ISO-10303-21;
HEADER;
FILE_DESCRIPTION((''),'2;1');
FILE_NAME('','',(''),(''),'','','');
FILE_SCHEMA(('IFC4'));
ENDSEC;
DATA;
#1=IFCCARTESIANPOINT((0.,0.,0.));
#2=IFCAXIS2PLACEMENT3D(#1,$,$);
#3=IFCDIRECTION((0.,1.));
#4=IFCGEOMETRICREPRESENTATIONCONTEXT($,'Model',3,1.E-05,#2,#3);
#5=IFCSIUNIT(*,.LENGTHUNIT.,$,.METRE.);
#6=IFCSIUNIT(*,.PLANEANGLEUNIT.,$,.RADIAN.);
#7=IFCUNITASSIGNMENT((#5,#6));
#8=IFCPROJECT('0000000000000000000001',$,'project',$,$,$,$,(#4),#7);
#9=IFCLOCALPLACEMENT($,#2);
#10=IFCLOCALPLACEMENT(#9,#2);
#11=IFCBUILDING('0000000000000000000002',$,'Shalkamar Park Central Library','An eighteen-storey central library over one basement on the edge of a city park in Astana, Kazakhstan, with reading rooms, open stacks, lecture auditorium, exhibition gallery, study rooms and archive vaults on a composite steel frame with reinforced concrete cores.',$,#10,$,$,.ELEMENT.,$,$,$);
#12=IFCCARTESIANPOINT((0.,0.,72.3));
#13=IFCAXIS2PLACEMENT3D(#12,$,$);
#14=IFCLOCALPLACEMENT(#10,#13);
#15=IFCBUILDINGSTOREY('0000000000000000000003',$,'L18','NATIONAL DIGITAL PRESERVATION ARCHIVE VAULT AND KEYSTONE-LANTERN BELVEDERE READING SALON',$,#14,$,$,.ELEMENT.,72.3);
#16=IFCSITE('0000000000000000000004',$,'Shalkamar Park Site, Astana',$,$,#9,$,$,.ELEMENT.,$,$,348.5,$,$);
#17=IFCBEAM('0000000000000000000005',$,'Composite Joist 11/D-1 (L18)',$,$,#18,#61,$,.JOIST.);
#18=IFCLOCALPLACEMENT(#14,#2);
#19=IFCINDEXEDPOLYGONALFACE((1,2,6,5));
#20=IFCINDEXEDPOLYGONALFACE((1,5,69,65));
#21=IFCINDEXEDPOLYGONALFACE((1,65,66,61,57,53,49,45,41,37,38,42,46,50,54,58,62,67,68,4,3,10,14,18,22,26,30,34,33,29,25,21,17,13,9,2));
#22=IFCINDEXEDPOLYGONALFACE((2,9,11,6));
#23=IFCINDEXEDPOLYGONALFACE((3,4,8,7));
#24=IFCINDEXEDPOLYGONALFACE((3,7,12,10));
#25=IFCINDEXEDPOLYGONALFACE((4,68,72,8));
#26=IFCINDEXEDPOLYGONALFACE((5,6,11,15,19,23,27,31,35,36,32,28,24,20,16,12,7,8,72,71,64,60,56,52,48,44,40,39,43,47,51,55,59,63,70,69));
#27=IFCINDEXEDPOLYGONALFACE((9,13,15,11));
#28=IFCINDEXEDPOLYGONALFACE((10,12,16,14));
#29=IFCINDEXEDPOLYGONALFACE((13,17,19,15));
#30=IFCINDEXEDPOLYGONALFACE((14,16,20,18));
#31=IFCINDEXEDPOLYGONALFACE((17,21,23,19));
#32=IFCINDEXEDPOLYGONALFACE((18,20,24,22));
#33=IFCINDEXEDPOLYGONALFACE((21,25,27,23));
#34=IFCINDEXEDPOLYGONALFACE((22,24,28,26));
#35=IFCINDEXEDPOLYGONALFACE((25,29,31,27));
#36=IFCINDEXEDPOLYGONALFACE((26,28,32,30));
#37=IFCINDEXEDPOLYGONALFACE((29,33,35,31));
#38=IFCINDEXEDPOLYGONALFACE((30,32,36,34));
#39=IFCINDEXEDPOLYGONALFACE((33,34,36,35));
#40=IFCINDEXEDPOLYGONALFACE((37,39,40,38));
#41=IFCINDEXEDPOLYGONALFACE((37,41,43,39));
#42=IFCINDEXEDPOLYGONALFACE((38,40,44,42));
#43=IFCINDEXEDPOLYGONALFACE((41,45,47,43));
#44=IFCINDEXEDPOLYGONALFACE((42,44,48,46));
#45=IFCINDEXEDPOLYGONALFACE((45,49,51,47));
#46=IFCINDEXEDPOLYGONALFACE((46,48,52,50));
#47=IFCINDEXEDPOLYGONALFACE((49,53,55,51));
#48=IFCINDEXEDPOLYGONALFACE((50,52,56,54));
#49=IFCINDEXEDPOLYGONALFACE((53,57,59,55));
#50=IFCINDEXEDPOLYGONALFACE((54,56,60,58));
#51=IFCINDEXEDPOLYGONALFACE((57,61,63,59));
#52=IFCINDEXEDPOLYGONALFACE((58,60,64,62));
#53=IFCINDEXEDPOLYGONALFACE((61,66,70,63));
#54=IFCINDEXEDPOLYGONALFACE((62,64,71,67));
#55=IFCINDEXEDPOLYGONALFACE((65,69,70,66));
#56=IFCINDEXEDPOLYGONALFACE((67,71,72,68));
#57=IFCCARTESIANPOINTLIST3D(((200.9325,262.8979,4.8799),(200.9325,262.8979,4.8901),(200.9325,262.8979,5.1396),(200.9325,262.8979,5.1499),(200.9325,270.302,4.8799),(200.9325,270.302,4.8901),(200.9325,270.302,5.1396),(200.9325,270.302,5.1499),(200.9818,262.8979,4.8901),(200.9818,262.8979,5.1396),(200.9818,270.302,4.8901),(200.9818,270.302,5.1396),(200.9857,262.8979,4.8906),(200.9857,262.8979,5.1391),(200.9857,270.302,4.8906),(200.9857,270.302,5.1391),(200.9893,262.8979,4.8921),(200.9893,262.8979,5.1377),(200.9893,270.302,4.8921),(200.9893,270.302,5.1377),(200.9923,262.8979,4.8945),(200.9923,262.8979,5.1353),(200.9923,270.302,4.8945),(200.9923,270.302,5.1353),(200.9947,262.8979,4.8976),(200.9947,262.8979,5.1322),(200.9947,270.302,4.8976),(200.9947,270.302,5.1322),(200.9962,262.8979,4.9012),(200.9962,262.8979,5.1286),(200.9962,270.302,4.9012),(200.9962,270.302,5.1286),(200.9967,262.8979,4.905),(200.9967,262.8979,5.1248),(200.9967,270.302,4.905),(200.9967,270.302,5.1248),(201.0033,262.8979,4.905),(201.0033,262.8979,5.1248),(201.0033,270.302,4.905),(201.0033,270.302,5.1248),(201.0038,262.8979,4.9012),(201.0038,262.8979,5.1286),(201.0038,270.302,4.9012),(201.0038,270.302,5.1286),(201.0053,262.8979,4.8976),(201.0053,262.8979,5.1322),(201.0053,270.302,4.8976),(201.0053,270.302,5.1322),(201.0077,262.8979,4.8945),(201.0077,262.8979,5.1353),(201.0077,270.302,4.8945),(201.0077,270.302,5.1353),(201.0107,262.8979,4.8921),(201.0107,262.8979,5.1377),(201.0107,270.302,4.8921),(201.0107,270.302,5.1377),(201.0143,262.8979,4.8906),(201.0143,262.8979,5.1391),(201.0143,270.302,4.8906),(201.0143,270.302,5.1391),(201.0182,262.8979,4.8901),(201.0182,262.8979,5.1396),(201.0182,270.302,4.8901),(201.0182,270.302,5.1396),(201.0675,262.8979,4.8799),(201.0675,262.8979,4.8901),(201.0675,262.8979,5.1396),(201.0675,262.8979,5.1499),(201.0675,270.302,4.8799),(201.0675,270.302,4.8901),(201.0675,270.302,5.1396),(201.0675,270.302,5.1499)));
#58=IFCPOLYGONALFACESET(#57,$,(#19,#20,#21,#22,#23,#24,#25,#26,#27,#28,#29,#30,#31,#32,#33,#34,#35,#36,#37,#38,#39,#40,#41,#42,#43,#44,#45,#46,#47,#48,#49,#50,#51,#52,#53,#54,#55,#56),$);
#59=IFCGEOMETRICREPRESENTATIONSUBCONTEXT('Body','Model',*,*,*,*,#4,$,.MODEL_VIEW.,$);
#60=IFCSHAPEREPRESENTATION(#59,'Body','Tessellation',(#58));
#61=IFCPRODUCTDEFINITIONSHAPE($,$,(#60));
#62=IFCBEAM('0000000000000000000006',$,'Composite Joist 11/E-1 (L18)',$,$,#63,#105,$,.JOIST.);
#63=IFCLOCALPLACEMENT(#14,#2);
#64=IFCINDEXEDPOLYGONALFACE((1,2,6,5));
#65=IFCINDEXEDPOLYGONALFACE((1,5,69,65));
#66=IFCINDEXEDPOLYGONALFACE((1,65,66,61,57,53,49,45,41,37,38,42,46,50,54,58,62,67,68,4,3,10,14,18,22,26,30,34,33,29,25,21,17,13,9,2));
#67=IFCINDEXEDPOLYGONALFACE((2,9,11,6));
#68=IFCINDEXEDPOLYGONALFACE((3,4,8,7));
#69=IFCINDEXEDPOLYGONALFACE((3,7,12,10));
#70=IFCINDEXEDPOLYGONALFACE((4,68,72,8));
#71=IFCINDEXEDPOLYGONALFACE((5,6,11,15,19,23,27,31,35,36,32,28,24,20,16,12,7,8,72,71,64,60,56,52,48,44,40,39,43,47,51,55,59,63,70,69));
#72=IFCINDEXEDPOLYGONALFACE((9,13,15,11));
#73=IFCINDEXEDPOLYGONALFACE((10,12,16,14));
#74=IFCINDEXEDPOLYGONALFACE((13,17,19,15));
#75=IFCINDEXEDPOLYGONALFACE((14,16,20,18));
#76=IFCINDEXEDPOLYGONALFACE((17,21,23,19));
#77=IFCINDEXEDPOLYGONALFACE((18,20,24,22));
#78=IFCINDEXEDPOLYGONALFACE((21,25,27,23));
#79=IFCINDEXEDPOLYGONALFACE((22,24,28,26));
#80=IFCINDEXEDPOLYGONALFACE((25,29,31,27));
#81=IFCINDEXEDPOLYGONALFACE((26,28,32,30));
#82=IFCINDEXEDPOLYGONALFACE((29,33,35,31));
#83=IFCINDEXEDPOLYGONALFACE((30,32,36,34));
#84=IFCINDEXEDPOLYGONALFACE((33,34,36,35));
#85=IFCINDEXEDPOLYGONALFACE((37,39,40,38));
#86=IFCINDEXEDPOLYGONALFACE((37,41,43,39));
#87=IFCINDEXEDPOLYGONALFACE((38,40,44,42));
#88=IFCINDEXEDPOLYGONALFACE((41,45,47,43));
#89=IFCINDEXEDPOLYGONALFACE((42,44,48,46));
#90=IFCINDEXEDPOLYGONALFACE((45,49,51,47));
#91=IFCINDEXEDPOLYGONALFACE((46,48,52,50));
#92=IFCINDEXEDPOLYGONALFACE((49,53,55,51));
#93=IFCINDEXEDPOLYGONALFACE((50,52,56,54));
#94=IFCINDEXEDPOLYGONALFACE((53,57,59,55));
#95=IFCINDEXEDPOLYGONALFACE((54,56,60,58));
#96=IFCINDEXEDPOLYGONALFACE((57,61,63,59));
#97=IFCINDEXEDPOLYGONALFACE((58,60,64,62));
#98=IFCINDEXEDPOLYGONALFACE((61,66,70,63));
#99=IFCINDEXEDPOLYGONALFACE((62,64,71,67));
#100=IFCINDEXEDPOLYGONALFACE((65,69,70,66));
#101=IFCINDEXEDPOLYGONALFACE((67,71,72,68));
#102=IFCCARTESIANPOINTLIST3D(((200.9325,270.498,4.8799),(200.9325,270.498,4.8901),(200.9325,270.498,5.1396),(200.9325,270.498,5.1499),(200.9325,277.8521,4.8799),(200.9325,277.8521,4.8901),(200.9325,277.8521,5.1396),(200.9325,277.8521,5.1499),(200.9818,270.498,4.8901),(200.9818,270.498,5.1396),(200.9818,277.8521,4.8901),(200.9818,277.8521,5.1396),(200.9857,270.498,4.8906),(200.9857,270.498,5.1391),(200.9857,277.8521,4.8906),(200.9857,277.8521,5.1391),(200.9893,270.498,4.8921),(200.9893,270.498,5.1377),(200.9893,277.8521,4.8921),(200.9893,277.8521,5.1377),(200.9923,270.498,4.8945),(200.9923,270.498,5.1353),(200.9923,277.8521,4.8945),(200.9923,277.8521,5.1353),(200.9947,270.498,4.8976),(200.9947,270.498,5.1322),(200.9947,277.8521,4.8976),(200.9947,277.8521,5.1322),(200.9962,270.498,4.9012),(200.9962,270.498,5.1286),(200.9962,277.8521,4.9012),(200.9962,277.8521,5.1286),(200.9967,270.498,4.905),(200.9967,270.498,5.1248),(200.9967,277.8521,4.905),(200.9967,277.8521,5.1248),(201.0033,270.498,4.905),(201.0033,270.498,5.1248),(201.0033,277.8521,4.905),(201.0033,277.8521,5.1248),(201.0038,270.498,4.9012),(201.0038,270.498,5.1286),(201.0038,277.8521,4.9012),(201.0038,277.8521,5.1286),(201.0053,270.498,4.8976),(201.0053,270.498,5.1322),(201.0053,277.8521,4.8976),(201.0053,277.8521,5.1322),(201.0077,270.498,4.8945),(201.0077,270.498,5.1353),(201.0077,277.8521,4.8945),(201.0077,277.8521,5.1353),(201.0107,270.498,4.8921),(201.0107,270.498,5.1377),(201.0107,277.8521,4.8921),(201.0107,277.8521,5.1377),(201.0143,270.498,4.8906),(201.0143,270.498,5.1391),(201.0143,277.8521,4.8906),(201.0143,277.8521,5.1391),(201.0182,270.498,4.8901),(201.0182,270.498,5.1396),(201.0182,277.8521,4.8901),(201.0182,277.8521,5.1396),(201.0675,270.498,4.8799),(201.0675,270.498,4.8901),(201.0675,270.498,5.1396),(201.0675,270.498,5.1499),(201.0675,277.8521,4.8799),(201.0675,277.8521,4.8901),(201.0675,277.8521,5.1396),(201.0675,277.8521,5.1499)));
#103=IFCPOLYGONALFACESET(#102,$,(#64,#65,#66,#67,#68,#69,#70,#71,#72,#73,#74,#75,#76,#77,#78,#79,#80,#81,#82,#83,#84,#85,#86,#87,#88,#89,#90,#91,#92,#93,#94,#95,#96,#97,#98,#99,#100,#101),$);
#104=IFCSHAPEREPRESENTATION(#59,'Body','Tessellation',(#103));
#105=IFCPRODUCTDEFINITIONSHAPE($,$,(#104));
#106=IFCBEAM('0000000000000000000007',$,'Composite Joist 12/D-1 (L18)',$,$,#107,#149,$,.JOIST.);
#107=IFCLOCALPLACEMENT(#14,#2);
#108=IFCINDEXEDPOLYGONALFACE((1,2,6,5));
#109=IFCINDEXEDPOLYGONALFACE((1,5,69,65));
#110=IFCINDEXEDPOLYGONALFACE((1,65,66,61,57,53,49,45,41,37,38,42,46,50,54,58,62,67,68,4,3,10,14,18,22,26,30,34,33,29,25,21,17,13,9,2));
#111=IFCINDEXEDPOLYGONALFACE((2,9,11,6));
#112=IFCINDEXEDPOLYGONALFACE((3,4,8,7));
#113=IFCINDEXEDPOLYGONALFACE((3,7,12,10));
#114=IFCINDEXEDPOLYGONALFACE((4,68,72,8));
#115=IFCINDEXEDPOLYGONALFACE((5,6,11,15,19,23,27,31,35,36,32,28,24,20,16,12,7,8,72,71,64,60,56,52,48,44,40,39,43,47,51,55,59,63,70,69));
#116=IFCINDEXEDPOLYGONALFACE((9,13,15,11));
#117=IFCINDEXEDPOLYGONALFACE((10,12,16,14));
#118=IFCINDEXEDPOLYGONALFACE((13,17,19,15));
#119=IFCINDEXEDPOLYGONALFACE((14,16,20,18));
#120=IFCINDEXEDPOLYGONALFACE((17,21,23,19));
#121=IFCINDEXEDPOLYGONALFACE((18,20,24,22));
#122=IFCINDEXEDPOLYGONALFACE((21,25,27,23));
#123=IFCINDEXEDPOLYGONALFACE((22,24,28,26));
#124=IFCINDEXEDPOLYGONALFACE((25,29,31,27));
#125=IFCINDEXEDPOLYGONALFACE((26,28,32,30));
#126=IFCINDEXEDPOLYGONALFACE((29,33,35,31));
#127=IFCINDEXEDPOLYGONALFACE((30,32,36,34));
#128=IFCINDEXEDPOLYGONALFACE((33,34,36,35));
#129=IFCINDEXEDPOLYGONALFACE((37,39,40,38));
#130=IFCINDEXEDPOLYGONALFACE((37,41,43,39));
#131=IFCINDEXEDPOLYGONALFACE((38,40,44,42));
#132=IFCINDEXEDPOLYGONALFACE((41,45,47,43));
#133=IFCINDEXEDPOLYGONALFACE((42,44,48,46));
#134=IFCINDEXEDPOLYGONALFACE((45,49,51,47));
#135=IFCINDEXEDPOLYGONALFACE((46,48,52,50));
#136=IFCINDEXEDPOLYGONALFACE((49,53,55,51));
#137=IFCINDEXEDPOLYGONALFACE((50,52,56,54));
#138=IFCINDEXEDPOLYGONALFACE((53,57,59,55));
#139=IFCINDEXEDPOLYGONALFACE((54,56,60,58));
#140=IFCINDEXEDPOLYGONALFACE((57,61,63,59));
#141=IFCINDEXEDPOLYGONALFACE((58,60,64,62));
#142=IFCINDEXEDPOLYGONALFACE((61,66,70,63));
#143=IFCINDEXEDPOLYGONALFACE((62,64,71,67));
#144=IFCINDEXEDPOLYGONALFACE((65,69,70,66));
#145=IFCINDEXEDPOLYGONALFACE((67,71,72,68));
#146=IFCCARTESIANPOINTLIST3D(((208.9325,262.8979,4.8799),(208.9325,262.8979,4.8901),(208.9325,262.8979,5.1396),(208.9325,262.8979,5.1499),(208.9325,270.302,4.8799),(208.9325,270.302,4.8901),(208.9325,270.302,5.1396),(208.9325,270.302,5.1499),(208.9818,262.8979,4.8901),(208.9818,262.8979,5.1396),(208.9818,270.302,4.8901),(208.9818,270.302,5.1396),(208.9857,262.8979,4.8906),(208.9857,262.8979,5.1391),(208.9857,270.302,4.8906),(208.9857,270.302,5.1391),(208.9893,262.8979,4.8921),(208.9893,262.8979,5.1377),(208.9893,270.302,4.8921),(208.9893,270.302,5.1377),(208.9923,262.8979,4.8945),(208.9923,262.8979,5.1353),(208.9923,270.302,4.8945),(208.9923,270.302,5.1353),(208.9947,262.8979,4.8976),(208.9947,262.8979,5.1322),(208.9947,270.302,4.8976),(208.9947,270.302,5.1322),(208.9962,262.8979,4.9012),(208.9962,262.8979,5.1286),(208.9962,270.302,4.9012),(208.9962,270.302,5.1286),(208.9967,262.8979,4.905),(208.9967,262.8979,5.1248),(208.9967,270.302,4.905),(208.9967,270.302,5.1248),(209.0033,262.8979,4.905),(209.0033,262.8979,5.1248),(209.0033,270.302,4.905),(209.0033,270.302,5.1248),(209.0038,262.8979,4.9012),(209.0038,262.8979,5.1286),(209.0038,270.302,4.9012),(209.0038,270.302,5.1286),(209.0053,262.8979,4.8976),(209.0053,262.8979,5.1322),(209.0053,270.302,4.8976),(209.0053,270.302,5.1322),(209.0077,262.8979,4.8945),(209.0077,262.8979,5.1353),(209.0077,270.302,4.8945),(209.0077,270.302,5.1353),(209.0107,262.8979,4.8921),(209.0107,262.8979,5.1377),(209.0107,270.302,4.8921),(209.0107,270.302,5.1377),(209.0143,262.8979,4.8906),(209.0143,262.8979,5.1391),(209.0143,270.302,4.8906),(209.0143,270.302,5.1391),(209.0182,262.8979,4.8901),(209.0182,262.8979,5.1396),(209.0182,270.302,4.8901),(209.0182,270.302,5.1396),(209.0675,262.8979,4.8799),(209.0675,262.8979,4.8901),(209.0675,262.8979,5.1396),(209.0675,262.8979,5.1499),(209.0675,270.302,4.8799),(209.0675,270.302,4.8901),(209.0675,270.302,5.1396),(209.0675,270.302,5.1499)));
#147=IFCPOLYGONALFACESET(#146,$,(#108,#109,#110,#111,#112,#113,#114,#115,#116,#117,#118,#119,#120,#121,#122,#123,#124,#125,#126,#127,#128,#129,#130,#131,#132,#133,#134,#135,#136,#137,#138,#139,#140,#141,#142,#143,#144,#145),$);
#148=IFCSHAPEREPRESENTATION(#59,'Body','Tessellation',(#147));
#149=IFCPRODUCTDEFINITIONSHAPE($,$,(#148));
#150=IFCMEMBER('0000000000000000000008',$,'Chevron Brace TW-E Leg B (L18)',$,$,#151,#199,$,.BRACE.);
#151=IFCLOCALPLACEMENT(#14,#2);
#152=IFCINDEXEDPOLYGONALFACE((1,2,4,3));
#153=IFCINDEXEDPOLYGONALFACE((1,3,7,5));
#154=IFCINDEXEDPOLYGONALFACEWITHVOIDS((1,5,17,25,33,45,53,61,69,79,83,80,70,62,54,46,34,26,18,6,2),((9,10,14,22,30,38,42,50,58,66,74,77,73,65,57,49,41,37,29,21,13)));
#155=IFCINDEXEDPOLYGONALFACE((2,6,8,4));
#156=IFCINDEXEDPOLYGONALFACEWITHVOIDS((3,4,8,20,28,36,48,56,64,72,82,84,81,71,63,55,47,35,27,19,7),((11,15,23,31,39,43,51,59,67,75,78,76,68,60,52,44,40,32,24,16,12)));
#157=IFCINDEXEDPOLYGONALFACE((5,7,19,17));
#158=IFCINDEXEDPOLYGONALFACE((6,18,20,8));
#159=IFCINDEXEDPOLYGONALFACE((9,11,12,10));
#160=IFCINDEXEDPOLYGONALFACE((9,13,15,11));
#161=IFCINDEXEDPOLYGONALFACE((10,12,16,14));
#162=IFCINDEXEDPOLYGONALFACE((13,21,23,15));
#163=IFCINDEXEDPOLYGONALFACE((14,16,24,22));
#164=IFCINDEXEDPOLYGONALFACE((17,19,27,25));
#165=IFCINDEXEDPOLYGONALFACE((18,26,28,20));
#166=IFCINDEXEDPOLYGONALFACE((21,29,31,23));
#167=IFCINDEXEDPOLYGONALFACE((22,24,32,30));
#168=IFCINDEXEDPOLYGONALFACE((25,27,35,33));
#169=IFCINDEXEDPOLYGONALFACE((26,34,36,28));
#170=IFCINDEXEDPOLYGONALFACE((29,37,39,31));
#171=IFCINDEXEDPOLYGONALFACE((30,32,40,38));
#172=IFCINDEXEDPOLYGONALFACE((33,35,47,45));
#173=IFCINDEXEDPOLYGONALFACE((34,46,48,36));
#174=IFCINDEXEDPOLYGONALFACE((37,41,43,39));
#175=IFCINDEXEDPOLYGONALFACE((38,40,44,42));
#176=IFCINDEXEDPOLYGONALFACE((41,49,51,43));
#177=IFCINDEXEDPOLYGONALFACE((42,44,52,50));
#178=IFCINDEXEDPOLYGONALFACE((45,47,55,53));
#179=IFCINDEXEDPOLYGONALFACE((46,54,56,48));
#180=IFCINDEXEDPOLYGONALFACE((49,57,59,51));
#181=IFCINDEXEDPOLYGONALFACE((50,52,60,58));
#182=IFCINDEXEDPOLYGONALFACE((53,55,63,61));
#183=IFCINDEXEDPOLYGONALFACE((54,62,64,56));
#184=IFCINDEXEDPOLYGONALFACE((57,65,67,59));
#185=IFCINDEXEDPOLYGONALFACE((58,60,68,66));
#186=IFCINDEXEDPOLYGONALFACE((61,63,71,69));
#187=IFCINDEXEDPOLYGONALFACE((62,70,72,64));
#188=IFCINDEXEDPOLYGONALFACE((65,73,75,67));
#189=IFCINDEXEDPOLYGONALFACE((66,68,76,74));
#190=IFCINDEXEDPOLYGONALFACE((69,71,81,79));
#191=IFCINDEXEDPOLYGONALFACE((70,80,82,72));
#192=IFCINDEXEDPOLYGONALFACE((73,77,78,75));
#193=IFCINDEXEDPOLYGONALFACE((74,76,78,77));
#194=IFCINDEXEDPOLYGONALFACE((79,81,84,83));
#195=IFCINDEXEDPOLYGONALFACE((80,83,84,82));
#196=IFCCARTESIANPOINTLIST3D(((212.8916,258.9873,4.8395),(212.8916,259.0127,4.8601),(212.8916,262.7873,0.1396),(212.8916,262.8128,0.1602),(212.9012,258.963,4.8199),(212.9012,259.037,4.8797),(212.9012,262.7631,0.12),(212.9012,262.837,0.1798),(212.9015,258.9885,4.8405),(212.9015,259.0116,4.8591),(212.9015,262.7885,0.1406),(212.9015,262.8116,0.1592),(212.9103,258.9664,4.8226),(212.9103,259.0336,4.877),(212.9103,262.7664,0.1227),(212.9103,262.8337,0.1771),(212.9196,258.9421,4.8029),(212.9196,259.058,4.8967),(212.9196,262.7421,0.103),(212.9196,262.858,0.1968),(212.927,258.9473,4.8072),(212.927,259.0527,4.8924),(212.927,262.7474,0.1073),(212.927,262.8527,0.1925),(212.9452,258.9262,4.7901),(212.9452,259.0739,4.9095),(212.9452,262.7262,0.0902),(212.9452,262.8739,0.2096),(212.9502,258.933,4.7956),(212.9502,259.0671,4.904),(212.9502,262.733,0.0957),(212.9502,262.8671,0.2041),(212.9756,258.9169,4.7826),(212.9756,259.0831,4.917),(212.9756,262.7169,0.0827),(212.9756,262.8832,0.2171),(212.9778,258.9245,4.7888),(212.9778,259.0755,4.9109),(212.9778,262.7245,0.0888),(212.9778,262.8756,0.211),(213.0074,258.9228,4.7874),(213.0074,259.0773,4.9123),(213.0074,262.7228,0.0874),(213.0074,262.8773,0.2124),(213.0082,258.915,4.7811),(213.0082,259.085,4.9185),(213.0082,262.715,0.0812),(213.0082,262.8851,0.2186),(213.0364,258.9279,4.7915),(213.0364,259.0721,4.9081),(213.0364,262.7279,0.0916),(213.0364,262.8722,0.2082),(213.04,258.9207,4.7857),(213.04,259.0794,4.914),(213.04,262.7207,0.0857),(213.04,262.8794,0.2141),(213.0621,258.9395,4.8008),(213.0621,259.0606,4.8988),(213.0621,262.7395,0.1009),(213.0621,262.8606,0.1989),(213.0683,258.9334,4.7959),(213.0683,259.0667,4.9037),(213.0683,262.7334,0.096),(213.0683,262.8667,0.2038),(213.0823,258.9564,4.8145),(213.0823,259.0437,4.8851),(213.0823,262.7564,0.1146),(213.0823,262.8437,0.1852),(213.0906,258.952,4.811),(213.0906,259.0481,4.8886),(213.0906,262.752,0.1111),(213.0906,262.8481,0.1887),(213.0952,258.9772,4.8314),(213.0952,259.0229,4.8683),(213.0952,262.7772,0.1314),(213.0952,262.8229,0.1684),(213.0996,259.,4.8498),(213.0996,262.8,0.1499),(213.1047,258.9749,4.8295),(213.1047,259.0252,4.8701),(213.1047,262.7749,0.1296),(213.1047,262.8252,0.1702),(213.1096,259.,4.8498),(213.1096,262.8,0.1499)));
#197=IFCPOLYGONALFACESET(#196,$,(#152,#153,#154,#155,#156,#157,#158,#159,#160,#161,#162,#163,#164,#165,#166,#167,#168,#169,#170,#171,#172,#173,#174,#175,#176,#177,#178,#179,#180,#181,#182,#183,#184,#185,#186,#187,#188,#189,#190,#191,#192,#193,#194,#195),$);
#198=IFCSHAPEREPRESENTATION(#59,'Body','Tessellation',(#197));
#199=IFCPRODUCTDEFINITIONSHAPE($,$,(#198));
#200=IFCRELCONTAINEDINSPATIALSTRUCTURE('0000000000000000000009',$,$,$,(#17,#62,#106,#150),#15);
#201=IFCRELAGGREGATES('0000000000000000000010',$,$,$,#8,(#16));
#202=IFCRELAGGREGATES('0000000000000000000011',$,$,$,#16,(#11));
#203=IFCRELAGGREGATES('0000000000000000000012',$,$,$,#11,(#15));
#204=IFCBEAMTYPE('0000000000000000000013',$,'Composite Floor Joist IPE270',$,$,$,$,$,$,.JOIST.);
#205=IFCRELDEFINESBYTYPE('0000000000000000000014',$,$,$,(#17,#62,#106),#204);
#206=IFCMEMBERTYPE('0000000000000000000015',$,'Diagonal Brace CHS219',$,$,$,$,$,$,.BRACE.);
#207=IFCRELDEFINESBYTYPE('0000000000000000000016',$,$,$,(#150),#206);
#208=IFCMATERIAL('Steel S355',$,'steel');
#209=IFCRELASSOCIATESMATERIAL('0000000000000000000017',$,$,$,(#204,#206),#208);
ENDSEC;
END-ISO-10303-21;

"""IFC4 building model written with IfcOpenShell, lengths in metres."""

from ifc_helpers import new_model, si_unit, direction, frame, origin, origin_2d, place, context, subcontext, project, spatial, hollow_circle, i_section, extrude, material, material_profile, profile_set, type_object, element, save


model = new_model("IFC4")

# Units and contexts
model_context = context("Model", 3, precision=1e-05, world=origin(), true_north=direction((0.0, 1.0)))
body_context = subcontext(model_context, "Body", "Model", "MODEL_VIEW")
ifc_project = project(units=[si_unit("LENGTHUNIT", "METRE"), si_unit("PLANEANGLEUNIT", "RADIAN")], contexts=[model_context])

# Site, building, storey
site_placement = place(None, origin())
site = spatial("IfcSite", under=ifc_project, at=site_placement, Name="Shalkamar Park Site, Astana", CompositionType="ELEMENT", RefElevation=348.5)
building_placement = place(site_placement, origin())
building = spatial("IfcBuilding", under=site, at=building_placement, Name="Shalkamar Park Central Library", Description="An eighteen-storey central library over one basement on the edge of a city park in Astana, Kazakhstan, with reading rooms, open stacks, lecture auditorium, exhibition gallery, study rooms and archive vaults on a composite steel frame with reinforced concrete cores.", CompositionType="ELEMENT")
storey_placement = place(building_placement, frame((0.0, 0.0, 72.3)))
storey = spatial("IfcBuildingStorey", under=building, at=storey_placement, Name="L18", Description="NATIONAL DIGITAL PRESERVATION ARCHIVE VAULT AND KEYSTONE-LANTERN BELVEDERE READING SALON", CompositionType="ELEMENT", Elevation=72.3)

# Shared definitions
ifc_material_1 = material(Name="Steel S355", Category="steel")

# Beams
ifc_material_profile_1 = material_profile(ifc_material_1, i_section(OverallWidth=0.135, OverallDepth=0.27, WebThickness=0.0066, FlangeThickness=0.0103, FilletRadius=0.0149, at=origin_2d()), Name="IPE 270")
ifc_profile_set_1 = profile_set([ifc_material_profile_1], Name="Steel S355")
beam_type_1 = type_object("IfcBeamType", Name="Composite Floor Joist IPE270", PredefinedType="JOIST", material=ifc_profile_set_1)
beam_1_placement = place(storey_placement, frame((201.0, 262.8979, 5.0149), z_axis=(0.0, 1.0, 0.0), x_axis=(-1.0, 0.0, 0.0)))
element("IfcBeam", 1, at=beam_1_placement, inside=storey, type_object=beam_type_1, Name="Composite Joist 11/D-1 (L18)", PredefinedType="JOIST", context=body_context, shape_type="SweptSolid", body=[
    extrude(i_section(OverallWidth=0.135, OverallDepth=0.27, WebThickness=0.0066, FlangeThickness=0.0103, FilletRadius=0.0149, at=origin_2d()), origin(), (0.0, 0.0, 1.0), 7.4041),
])
beam_2_placement = place(storey_placement, frame((201.0, 270.498, 5.0149), z_axis=(0.0, 1.0, 0.0), x_axis=(-1.0, 0.0, 0.0)))
element("IfcBeam", 2, at=beam_2_placement, inside=storey, type_object=beam_type_1, Name="Composite Joist 11/E-1 (L18)", PredefinedType="JOIST", context=body_context, shape_type="SweptSolid", body=[
    extrude(i_section(OverallWidth=0.135, OverallDepth=0.27, WebThickness=0.0066, FlangeThickness=0.0103, FilletRadius=0.0149, at=origin_2d()), origin(), (0.0, 0.0, 1.0), 7.354),
])
beam_3_placement = place(storey_placement, frame((209.0, 262.8979, 5.0149), z_axis=(0.0, 1.0, 0.0), x_axis=(-1.0, 0.0, 0.0)))
element("IfcBeam", 3, at=beam_3_placement, inside=storey, type_object=beam_type_1, Name="Composite Joist 12/D-1 (L18)", PredefinedType="JOIST", context=body_context, shape_type="SweptSolid", body=[
    extrude(i_section(OverallWidth=0.135, OverallDepth=0.27, WebThickness=0.0066, FlangeThickness=0.0103, FilletRadius=0.0149, at=origin_2d()), origin(), (0.0, 0.0, 1.0), 7.4041),
])

# Member
ifc_material_profile_2 = material_profile(ifc_material_1, hollow_circle(Radius=0.1096, WallThickness=0.01, at=origin_2d()), Name="CHS 219.1x10")
ifc_profile_set_2 = profile_set([ifc_material_profile_2], Name="Steel S355")
member_type = type_object("IfcMemberType", Name="Diagonal Brace CHS219", PredefinedType="BRACE", material=ifc_profile_set_2)
member_placement = place(storey_placement, frame((213.0, 262.8, 0.1499), z_axis=(0.0, -0.628731, 0.777623), x_axis=(1.0, 0.0, 0.0)))
element("IfcMember", 4, at=member_placement, inside=storey, type_object=member_type, Name="Chevron Brace TW-E Leg B (L18)", PredefinedType="BRACE", context=body_context, shape_type="SweptSolid", body=[
    extrude(hollow_circle(Radius=0.1096, WallThickness=0.01, at=origin_2d()), origin(), (0.0, 0.0, 1.0), 6.0439),
])

save(model, "model.ifc")
